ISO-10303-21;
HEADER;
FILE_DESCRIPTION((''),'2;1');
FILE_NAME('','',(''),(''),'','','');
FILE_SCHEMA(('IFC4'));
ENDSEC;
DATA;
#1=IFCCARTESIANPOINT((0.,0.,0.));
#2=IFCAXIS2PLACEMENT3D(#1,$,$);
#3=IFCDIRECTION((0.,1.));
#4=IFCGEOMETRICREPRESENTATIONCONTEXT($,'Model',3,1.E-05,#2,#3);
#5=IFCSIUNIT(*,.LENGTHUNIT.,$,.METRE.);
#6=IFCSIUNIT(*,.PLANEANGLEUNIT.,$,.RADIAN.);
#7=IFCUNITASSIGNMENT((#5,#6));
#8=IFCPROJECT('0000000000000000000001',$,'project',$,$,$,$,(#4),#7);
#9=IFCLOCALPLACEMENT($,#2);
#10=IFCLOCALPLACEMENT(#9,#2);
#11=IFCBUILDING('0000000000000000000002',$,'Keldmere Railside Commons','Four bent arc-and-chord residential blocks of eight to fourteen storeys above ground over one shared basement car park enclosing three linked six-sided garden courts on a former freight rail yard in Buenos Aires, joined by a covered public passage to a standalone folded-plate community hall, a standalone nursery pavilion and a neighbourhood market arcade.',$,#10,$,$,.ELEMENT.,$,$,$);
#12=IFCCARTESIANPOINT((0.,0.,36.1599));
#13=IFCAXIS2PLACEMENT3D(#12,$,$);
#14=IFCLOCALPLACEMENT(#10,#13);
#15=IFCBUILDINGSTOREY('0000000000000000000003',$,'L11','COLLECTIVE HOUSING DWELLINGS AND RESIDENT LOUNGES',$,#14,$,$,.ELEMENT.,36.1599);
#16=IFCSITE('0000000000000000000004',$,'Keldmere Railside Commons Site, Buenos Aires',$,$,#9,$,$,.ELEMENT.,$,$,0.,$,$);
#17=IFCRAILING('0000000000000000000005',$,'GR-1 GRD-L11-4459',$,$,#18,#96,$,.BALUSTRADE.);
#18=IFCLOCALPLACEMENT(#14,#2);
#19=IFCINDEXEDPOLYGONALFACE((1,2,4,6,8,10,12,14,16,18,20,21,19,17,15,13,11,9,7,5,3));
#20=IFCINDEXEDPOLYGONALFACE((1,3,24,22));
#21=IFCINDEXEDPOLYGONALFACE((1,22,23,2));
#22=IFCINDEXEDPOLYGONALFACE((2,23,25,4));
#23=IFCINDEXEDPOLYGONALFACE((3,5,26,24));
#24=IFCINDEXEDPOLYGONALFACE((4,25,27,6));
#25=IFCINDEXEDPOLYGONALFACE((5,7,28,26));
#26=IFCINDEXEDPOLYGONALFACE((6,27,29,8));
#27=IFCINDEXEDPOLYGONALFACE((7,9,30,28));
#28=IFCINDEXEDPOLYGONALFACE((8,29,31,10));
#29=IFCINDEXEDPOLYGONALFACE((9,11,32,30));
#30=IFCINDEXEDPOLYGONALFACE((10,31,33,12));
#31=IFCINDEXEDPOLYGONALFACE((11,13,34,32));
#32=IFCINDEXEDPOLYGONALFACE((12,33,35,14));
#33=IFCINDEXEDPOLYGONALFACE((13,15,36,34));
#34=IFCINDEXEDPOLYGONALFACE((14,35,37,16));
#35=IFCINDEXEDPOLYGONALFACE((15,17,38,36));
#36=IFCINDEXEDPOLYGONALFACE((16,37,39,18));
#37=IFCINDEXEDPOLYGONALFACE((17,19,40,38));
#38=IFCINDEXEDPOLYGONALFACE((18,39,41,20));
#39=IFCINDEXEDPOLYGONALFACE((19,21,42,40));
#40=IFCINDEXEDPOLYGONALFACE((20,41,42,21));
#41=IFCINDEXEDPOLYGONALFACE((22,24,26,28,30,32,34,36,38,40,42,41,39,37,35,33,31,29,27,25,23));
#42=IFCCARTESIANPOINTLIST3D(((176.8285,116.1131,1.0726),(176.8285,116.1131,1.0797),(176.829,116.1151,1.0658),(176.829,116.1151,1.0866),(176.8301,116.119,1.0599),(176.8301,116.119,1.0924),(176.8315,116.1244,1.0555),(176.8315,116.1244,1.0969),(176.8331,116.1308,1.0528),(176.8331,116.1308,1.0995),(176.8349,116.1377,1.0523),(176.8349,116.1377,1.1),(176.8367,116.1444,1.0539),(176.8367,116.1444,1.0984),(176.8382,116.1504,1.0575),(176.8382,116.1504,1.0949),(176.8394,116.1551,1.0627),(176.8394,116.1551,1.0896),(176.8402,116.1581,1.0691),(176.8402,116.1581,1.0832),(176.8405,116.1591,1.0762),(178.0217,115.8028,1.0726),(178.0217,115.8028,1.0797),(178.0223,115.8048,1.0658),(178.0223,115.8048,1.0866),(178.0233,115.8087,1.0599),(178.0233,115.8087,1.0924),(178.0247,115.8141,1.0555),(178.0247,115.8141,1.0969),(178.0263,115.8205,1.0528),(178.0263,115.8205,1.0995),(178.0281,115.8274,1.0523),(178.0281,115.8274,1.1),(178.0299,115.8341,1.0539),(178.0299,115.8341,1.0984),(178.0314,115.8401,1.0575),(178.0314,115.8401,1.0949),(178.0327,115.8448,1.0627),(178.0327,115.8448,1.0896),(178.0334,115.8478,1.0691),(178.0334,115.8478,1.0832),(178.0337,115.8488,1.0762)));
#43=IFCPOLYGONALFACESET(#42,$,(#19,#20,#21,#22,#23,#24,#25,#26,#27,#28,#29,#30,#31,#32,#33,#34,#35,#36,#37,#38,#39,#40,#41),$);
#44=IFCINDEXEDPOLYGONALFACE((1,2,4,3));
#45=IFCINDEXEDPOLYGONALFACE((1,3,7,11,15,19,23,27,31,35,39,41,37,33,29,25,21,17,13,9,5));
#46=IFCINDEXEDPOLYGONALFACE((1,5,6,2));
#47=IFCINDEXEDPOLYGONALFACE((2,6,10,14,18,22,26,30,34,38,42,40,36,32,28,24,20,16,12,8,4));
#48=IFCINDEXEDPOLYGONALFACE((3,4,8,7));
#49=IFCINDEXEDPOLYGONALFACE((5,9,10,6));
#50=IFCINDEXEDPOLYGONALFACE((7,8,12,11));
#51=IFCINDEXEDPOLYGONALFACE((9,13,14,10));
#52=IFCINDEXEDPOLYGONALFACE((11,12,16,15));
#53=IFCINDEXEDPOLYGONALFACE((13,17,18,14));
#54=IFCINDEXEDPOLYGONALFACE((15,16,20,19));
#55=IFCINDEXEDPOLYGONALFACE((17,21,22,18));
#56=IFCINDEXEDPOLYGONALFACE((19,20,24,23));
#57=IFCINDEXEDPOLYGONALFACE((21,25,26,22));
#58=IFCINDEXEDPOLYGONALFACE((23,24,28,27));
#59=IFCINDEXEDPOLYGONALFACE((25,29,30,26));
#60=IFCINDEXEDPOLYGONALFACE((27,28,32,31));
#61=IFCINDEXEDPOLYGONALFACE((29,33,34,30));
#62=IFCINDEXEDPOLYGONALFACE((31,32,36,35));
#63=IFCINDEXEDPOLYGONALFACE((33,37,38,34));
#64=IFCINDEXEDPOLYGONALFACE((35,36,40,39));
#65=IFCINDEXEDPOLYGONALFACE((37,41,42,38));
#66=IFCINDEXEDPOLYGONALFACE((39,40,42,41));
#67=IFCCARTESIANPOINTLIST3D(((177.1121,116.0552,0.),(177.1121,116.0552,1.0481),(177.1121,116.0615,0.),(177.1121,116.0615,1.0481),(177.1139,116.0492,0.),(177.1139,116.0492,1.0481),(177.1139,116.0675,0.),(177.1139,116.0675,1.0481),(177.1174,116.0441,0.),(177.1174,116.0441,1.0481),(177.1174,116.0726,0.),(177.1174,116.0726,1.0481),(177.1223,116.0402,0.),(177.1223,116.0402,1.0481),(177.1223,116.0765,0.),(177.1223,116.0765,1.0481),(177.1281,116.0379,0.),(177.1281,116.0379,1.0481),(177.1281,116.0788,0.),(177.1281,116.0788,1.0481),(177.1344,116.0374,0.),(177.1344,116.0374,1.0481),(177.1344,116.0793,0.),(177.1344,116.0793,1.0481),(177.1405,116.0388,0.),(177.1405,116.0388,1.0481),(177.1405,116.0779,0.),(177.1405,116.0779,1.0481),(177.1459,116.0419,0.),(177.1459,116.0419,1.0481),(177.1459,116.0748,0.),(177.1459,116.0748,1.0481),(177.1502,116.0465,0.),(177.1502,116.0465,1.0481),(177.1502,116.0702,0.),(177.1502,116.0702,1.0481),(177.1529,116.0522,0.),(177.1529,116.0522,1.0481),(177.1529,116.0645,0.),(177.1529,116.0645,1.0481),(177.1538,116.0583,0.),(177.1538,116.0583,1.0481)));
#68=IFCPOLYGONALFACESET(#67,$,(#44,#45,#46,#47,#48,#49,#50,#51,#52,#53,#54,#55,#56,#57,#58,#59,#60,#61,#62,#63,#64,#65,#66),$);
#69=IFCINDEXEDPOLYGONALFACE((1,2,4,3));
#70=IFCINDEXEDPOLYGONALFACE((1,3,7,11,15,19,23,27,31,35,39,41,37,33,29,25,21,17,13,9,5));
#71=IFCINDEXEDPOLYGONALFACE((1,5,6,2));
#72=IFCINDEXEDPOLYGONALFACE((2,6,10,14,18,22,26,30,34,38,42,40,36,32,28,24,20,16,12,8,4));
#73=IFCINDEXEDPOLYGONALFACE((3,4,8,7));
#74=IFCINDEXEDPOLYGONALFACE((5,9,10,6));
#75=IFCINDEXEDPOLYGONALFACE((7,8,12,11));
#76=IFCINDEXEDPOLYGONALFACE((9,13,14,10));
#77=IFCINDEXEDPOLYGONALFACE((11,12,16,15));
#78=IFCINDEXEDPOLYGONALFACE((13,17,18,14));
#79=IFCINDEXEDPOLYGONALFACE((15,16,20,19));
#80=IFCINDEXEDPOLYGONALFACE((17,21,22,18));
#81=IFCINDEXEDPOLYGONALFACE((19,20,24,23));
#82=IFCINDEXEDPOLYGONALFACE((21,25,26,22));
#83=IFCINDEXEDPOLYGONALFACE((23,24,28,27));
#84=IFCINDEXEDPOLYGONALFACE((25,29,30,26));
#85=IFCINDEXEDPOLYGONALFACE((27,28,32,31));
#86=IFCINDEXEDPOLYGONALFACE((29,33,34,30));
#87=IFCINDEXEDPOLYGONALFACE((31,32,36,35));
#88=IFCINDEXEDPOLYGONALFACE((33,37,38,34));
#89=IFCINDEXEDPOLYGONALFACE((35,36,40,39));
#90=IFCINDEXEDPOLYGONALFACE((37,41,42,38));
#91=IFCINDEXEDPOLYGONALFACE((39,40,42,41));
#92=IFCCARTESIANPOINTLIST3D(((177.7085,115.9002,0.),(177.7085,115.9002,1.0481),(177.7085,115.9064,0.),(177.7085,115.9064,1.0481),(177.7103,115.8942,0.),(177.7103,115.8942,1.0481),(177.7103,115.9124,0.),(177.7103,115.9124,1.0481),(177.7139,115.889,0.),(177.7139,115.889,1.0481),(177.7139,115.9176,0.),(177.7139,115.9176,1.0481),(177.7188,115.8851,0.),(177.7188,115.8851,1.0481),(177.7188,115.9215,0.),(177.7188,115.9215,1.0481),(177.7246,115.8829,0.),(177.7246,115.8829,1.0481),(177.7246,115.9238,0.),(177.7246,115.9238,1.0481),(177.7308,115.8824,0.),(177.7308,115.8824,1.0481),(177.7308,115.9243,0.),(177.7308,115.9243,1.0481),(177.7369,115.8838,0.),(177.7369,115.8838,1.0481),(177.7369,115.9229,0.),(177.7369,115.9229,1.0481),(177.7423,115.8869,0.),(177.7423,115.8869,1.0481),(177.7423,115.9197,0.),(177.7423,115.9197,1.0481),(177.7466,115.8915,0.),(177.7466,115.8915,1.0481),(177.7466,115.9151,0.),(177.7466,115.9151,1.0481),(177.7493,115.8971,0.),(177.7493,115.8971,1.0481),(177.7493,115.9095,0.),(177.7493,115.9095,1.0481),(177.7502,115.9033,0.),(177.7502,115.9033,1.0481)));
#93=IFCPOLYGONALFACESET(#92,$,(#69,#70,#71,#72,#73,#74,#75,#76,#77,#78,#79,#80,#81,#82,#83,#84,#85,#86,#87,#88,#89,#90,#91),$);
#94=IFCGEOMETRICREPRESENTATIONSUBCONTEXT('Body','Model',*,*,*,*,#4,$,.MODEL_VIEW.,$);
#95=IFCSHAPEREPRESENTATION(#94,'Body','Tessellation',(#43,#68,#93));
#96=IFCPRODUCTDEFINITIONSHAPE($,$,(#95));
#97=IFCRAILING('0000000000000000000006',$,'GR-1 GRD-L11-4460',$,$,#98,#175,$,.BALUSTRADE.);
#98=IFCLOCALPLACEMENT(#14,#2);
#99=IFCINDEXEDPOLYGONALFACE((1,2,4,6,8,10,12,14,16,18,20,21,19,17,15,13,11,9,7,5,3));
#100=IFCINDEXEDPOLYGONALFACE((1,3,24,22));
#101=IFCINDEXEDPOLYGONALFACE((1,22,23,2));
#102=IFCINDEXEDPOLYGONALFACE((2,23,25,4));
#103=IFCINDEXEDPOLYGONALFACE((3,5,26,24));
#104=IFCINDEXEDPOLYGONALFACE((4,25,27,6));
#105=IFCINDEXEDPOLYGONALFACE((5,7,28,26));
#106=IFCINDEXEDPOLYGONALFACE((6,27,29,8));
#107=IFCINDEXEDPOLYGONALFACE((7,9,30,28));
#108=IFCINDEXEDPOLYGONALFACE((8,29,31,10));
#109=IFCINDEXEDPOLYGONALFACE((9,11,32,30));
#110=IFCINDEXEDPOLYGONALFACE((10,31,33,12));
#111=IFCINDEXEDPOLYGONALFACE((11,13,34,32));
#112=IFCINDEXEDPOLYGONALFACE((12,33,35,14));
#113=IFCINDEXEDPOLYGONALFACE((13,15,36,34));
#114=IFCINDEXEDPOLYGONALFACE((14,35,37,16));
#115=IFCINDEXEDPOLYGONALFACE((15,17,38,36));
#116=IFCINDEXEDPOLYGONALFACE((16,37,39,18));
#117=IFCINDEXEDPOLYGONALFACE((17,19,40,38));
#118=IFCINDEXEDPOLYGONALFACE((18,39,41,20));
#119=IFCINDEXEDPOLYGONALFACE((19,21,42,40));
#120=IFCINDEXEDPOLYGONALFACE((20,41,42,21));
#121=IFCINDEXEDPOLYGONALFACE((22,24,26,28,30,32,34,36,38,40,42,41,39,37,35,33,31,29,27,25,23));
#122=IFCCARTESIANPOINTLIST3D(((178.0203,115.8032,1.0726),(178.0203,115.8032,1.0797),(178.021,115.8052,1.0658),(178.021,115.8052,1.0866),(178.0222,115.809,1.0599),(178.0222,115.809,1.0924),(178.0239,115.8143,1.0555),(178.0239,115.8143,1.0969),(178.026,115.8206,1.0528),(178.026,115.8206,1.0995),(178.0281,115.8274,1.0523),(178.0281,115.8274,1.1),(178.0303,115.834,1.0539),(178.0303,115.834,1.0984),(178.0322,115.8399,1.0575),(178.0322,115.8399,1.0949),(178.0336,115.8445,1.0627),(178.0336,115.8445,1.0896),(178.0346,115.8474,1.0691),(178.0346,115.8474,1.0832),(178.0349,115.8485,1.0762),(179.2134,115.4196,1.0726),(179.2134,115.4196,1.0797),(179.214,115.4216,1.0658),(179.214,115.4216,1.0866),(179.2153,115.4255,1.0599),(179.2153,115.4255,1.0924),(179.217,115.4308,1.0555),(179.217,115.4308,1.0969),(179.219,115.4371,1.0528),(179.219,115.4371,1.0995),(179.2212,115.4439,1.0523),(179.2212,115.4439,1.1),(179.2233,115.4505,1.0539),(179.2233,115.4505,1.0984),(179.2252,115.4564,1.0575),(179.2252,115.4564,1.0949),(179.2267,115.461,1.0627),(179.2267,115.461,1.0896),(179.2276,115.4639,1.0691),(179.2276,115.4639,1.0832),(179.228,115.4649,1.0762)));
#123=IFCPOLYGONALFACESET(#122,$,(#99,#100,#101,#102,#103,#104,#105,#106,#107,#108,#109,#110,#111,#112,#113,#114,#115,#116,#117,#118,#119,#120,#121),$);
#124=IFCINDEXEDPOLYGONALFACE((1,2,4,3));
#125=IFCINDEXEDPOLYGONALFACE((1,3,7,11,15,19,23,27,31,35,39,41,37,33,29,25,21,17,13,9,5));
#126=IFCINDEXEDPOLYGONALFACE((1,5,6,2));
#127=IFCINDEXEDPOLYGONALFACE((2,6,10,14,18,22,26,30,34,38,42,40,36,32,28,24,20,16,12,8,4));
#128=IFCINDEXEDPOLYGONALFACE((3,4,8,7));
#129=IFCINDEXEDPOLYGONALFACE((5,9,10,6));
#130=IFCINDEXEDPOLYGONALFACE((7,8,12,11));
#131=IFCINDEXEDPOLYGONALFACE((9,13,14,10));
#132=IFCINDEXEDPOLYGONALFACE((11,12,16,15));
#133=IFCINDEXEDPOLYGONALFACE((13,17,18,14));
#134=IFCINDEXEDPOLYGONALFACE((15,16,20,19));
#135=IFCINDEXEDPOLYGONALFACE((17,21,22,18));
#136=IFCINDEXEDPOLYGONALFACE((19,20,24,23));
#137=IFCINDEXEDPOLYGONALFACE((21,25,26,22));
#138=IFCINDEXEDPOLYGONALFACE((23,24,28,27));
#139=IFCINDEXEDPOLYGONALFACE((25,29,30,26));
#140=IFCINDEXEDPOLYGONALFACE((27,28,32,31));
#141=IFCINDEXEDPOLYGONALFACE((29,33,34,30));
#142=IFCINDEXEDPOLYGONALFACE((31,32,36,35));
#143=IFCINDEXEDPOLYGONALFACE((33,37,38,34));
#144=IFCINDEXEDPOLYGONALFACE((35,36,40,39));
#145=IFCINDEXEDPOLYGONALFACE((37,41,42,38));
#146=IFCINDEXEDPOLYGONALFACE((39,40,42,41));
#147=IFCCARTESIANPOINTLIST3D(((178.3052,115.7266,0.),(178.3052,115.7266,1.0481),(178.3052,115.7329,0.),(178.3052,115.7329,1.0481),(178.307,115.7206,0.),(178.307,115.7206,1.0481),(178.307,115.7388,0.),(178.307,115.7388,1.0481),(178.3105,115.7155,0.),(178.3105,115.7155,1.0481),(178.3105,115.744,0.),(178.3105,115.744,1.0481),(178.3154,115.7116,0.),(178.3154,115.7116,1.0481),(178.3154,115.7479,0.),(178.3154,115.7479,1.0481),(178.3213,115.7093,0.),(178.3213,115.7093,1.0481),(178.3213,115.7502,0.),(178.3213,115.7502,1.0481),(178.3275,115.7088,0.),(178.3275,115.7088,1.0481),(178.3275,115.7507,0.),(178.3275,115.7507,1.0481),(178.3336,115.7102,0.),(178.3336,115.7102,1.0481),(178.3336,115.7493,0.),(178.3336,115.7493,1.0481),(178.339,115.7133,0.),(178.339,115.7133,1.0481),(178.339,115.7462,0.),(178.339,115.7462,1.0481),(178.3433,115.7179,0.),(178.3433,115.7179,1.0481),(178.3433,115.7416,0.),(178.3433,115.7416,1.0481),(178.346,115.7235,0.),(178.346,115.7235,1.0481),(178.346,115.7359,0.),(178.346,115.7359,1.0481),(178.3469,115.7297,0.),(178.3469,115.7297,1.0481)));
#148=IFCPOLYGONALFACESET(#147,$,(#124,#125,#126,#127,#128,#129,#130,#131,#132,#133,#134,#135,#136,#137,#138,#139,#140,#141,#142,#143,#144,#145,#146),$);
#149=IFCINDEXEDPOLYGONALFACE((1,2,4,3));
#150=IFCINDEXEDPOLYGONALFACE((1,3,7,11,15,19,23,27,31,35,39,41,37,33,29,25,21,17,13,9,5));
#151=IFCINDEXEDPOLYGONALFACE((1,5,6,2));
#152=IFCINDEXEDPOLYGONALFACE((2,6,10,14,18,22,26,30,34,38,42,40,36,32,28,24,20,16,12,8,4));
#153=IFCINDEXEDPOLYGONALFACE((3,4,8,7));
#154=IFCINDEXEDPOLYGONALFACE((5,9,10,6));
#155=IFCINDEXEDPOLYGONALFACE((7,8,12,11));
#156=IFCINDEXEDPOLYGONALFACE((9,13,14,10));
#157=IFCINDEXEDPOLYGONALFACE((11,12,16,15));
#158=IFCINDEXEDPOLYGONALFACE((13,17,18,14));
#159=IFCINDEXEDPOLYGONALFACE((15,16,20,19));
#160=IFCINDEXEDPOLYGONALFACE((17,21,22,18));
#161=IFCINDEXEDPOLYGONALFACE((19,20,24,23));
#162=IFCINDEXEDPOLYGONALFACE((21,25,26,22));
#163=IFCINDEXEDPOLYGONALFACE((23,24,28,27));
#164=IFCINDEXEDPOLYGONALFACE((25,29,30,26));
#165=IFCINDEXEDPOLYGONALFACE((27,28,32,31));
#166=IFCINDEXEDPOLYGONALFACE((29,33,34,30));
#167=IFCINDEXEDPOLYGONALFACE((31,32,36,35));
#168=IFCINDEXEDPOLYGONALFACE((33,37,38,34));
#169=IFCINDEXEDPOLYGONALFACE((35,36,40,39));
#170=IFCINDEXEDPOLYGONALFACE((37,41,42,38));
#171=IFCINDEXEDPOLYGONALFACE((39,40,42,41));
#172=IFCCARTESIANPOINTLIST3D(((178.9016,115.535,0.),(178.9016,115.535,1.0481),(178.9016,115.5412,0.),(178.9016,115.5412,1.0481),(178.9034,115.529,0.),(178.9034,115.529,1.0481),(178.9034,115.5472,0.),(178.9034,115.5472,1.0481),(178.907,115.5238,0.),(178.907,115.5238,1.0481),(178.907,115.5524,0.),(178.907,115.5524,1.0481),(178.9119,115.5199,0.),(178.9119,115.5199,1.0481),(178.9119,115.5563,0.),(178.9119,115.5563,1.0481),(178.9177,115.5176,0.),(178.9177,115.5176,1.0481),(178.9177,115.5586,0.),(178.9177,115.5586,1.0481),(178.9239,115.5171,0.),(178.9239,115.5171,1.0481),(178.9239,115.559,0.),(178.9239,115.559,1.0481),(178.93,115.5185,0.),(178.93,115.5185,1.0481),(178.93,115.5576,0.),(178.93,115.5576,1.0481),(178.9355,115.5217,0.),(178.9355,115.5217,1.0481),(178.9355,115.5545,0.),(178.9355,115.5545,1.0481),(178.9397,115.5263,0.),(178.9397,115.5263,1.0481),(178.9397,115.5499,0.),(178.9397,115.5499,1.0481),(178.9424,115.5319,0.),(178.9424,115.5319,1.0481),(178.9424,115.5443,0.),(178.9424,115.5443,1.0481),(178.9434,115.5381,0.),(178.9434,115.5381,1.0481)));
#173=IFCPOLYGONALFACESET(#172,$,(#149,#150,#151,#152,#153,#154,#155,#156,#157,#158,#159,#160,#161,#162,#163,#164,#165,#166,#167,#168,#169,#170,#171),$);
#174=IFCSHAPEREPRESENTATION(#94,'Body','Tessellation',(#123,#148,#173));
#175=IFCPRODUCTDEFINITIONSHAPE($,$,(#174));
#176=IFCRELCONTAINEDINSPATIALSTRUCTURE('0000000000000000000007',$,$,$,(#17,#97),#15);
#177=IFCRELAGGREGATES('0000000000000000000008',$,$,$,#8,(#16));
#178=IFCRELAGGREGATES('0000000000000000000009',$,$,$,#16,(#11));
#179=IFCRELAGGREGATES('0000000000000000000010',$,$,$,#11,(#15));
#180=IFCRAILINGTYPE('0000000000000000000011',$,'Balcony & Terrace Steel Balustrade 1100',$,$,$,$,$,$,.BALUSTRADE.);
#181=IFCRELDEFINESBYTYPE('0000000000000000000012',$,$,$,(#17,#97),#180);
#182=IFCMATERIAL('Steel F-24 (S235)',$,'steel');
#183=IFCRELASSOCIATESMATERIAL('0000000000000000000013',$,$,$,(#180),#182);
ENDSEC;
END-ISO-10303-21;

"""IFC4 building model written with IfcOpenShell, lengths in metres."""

from ifc_helpers import new_model, si_unit, direction, frame, origin, origin_2d, place, context, subcontext, project, spatial, circle, extrude, material, type_object, element, save


model = new_model("IFC4")

# Units and contexts
model_context = context("Model", 3, precision=1e-05, world=origin(), true_north=direction((0.0, 1.0)))
body_context = subcontext(model_context, "Body", "Model", "MODEL_VIEW")
ifc_project = project(units=[si_unit("LENGTHUNIT", "METRE"), si_unit("PLANEANGLEUNIT", "RADIAN")], contexts=[model_context])

# Site, building, storey
site_placement = place(None, origin())
site = spatial("IfcSite", under=ifc_project, at=site_placement, Name="Keldmere Railside Commons Site, Buenos Aires", CompositionType="ELEMENT", RefElevation=0.0)
building_placement = place(site_placement, origin())
building = spatial("IfcBuilding", under=site, at=building_placement, Name="Keldmere Railside Commons", Description="Four bent arc-and-chord residential blocks of eight to fourteen storeys above ground over one shared basement car park enclosing three linked six-sided garden courts on a former freight rail yard in Buenos Aires, joined by a covered public passage to a standalone folded-plate community hall, a standalone nursery pavilion and a neighbourhood market arcade.", CompositionType="ELEMENT")
storey_placement = place(building_placement, frame((0.0, 0.0, 36.1599)))
storey = spatial("IfcBuildingStorey", under=building, at=storey_placement, Name="L11", Description="COLLECTIVE HOUSING DWELLINGS AND RESIDENT LOUNGES", CompositionType="ELEMENT", Elevation=36.1599)

# Railings
ifc_material_1 = material(Name="Steel F-24 (S235)", Category="steel")
railing_type = type_object("IfcRailingType", Name="Balcony & Terrace Steel Balustrade 1100", PredefinedType="BALUSTRADE", material=ifc_material_1)
railing_1_placement = place(storey_placement, frame((176.8345, 116.136, 0.0)))
element("IfcRailing", 1, at=railing_1_placement, inside=storey, type_object=railing_type, Name="GR-1 GRD-L11-4459", PredefinedType="BALUSTRADE", context=body_context, shape_type="SweptSolid", body=[
    extrude(circle(Radius=0.0239, at=origin_2d()), frame((0.0, 0.0, 1.0762), z_axis=(0.967804, -0.251704, 0.0), x_axis=(0.251704, 0.967804, 0.0)), (0.0, 0.0, 1.0), 1.2329),
    extrude(circle(Radius=0.021, at=origin_2d()), frame((0.2983, -0.0776, 0.0)), (0.0, 0.0, 1.0), 1.0481),
    extrude(circle(Radius=0.021, at=origin_2d()), frame((0.8948, -0.2327, 0.0)), (0.0, 0.0, 1.0), 1.0481),
])
railing_2_placement = place(storey_placement, frame((178.0276, 115.8257, 0.0)))
element("IfcRailing", 2, at=railing_2_placement, inside=storey, type_object=railing_type, Name="GR-1 GRD-L11-4460", PredefinedType="BALUSTRADE", context=body_context, shape_type="SweptSolid", body=[
    extrude(circle(Radius=0.0239, at=origin_2d()), frame((0.0, 0.0, 1.0762), z_axis=(0.952018, -0.306041, 0.0), x_axis=(0.306041, 0.952018, 0.0)), (0.0, 0.0, 1.0), 1.2532),
    extrude(circle(Radius=0.021, at=origin_2d()), frame((0.2983, -0.0959, 0.0)), (0.0, 0.0, 1.0), 1.0481),
    extrude(circle(Radius=0.021, at=origin_2d()), frame((0.8948, -0.2876, 0.0)), (0.0, 0.0, 1.0), 1.0481),
])

save(model, "model.ifc")
